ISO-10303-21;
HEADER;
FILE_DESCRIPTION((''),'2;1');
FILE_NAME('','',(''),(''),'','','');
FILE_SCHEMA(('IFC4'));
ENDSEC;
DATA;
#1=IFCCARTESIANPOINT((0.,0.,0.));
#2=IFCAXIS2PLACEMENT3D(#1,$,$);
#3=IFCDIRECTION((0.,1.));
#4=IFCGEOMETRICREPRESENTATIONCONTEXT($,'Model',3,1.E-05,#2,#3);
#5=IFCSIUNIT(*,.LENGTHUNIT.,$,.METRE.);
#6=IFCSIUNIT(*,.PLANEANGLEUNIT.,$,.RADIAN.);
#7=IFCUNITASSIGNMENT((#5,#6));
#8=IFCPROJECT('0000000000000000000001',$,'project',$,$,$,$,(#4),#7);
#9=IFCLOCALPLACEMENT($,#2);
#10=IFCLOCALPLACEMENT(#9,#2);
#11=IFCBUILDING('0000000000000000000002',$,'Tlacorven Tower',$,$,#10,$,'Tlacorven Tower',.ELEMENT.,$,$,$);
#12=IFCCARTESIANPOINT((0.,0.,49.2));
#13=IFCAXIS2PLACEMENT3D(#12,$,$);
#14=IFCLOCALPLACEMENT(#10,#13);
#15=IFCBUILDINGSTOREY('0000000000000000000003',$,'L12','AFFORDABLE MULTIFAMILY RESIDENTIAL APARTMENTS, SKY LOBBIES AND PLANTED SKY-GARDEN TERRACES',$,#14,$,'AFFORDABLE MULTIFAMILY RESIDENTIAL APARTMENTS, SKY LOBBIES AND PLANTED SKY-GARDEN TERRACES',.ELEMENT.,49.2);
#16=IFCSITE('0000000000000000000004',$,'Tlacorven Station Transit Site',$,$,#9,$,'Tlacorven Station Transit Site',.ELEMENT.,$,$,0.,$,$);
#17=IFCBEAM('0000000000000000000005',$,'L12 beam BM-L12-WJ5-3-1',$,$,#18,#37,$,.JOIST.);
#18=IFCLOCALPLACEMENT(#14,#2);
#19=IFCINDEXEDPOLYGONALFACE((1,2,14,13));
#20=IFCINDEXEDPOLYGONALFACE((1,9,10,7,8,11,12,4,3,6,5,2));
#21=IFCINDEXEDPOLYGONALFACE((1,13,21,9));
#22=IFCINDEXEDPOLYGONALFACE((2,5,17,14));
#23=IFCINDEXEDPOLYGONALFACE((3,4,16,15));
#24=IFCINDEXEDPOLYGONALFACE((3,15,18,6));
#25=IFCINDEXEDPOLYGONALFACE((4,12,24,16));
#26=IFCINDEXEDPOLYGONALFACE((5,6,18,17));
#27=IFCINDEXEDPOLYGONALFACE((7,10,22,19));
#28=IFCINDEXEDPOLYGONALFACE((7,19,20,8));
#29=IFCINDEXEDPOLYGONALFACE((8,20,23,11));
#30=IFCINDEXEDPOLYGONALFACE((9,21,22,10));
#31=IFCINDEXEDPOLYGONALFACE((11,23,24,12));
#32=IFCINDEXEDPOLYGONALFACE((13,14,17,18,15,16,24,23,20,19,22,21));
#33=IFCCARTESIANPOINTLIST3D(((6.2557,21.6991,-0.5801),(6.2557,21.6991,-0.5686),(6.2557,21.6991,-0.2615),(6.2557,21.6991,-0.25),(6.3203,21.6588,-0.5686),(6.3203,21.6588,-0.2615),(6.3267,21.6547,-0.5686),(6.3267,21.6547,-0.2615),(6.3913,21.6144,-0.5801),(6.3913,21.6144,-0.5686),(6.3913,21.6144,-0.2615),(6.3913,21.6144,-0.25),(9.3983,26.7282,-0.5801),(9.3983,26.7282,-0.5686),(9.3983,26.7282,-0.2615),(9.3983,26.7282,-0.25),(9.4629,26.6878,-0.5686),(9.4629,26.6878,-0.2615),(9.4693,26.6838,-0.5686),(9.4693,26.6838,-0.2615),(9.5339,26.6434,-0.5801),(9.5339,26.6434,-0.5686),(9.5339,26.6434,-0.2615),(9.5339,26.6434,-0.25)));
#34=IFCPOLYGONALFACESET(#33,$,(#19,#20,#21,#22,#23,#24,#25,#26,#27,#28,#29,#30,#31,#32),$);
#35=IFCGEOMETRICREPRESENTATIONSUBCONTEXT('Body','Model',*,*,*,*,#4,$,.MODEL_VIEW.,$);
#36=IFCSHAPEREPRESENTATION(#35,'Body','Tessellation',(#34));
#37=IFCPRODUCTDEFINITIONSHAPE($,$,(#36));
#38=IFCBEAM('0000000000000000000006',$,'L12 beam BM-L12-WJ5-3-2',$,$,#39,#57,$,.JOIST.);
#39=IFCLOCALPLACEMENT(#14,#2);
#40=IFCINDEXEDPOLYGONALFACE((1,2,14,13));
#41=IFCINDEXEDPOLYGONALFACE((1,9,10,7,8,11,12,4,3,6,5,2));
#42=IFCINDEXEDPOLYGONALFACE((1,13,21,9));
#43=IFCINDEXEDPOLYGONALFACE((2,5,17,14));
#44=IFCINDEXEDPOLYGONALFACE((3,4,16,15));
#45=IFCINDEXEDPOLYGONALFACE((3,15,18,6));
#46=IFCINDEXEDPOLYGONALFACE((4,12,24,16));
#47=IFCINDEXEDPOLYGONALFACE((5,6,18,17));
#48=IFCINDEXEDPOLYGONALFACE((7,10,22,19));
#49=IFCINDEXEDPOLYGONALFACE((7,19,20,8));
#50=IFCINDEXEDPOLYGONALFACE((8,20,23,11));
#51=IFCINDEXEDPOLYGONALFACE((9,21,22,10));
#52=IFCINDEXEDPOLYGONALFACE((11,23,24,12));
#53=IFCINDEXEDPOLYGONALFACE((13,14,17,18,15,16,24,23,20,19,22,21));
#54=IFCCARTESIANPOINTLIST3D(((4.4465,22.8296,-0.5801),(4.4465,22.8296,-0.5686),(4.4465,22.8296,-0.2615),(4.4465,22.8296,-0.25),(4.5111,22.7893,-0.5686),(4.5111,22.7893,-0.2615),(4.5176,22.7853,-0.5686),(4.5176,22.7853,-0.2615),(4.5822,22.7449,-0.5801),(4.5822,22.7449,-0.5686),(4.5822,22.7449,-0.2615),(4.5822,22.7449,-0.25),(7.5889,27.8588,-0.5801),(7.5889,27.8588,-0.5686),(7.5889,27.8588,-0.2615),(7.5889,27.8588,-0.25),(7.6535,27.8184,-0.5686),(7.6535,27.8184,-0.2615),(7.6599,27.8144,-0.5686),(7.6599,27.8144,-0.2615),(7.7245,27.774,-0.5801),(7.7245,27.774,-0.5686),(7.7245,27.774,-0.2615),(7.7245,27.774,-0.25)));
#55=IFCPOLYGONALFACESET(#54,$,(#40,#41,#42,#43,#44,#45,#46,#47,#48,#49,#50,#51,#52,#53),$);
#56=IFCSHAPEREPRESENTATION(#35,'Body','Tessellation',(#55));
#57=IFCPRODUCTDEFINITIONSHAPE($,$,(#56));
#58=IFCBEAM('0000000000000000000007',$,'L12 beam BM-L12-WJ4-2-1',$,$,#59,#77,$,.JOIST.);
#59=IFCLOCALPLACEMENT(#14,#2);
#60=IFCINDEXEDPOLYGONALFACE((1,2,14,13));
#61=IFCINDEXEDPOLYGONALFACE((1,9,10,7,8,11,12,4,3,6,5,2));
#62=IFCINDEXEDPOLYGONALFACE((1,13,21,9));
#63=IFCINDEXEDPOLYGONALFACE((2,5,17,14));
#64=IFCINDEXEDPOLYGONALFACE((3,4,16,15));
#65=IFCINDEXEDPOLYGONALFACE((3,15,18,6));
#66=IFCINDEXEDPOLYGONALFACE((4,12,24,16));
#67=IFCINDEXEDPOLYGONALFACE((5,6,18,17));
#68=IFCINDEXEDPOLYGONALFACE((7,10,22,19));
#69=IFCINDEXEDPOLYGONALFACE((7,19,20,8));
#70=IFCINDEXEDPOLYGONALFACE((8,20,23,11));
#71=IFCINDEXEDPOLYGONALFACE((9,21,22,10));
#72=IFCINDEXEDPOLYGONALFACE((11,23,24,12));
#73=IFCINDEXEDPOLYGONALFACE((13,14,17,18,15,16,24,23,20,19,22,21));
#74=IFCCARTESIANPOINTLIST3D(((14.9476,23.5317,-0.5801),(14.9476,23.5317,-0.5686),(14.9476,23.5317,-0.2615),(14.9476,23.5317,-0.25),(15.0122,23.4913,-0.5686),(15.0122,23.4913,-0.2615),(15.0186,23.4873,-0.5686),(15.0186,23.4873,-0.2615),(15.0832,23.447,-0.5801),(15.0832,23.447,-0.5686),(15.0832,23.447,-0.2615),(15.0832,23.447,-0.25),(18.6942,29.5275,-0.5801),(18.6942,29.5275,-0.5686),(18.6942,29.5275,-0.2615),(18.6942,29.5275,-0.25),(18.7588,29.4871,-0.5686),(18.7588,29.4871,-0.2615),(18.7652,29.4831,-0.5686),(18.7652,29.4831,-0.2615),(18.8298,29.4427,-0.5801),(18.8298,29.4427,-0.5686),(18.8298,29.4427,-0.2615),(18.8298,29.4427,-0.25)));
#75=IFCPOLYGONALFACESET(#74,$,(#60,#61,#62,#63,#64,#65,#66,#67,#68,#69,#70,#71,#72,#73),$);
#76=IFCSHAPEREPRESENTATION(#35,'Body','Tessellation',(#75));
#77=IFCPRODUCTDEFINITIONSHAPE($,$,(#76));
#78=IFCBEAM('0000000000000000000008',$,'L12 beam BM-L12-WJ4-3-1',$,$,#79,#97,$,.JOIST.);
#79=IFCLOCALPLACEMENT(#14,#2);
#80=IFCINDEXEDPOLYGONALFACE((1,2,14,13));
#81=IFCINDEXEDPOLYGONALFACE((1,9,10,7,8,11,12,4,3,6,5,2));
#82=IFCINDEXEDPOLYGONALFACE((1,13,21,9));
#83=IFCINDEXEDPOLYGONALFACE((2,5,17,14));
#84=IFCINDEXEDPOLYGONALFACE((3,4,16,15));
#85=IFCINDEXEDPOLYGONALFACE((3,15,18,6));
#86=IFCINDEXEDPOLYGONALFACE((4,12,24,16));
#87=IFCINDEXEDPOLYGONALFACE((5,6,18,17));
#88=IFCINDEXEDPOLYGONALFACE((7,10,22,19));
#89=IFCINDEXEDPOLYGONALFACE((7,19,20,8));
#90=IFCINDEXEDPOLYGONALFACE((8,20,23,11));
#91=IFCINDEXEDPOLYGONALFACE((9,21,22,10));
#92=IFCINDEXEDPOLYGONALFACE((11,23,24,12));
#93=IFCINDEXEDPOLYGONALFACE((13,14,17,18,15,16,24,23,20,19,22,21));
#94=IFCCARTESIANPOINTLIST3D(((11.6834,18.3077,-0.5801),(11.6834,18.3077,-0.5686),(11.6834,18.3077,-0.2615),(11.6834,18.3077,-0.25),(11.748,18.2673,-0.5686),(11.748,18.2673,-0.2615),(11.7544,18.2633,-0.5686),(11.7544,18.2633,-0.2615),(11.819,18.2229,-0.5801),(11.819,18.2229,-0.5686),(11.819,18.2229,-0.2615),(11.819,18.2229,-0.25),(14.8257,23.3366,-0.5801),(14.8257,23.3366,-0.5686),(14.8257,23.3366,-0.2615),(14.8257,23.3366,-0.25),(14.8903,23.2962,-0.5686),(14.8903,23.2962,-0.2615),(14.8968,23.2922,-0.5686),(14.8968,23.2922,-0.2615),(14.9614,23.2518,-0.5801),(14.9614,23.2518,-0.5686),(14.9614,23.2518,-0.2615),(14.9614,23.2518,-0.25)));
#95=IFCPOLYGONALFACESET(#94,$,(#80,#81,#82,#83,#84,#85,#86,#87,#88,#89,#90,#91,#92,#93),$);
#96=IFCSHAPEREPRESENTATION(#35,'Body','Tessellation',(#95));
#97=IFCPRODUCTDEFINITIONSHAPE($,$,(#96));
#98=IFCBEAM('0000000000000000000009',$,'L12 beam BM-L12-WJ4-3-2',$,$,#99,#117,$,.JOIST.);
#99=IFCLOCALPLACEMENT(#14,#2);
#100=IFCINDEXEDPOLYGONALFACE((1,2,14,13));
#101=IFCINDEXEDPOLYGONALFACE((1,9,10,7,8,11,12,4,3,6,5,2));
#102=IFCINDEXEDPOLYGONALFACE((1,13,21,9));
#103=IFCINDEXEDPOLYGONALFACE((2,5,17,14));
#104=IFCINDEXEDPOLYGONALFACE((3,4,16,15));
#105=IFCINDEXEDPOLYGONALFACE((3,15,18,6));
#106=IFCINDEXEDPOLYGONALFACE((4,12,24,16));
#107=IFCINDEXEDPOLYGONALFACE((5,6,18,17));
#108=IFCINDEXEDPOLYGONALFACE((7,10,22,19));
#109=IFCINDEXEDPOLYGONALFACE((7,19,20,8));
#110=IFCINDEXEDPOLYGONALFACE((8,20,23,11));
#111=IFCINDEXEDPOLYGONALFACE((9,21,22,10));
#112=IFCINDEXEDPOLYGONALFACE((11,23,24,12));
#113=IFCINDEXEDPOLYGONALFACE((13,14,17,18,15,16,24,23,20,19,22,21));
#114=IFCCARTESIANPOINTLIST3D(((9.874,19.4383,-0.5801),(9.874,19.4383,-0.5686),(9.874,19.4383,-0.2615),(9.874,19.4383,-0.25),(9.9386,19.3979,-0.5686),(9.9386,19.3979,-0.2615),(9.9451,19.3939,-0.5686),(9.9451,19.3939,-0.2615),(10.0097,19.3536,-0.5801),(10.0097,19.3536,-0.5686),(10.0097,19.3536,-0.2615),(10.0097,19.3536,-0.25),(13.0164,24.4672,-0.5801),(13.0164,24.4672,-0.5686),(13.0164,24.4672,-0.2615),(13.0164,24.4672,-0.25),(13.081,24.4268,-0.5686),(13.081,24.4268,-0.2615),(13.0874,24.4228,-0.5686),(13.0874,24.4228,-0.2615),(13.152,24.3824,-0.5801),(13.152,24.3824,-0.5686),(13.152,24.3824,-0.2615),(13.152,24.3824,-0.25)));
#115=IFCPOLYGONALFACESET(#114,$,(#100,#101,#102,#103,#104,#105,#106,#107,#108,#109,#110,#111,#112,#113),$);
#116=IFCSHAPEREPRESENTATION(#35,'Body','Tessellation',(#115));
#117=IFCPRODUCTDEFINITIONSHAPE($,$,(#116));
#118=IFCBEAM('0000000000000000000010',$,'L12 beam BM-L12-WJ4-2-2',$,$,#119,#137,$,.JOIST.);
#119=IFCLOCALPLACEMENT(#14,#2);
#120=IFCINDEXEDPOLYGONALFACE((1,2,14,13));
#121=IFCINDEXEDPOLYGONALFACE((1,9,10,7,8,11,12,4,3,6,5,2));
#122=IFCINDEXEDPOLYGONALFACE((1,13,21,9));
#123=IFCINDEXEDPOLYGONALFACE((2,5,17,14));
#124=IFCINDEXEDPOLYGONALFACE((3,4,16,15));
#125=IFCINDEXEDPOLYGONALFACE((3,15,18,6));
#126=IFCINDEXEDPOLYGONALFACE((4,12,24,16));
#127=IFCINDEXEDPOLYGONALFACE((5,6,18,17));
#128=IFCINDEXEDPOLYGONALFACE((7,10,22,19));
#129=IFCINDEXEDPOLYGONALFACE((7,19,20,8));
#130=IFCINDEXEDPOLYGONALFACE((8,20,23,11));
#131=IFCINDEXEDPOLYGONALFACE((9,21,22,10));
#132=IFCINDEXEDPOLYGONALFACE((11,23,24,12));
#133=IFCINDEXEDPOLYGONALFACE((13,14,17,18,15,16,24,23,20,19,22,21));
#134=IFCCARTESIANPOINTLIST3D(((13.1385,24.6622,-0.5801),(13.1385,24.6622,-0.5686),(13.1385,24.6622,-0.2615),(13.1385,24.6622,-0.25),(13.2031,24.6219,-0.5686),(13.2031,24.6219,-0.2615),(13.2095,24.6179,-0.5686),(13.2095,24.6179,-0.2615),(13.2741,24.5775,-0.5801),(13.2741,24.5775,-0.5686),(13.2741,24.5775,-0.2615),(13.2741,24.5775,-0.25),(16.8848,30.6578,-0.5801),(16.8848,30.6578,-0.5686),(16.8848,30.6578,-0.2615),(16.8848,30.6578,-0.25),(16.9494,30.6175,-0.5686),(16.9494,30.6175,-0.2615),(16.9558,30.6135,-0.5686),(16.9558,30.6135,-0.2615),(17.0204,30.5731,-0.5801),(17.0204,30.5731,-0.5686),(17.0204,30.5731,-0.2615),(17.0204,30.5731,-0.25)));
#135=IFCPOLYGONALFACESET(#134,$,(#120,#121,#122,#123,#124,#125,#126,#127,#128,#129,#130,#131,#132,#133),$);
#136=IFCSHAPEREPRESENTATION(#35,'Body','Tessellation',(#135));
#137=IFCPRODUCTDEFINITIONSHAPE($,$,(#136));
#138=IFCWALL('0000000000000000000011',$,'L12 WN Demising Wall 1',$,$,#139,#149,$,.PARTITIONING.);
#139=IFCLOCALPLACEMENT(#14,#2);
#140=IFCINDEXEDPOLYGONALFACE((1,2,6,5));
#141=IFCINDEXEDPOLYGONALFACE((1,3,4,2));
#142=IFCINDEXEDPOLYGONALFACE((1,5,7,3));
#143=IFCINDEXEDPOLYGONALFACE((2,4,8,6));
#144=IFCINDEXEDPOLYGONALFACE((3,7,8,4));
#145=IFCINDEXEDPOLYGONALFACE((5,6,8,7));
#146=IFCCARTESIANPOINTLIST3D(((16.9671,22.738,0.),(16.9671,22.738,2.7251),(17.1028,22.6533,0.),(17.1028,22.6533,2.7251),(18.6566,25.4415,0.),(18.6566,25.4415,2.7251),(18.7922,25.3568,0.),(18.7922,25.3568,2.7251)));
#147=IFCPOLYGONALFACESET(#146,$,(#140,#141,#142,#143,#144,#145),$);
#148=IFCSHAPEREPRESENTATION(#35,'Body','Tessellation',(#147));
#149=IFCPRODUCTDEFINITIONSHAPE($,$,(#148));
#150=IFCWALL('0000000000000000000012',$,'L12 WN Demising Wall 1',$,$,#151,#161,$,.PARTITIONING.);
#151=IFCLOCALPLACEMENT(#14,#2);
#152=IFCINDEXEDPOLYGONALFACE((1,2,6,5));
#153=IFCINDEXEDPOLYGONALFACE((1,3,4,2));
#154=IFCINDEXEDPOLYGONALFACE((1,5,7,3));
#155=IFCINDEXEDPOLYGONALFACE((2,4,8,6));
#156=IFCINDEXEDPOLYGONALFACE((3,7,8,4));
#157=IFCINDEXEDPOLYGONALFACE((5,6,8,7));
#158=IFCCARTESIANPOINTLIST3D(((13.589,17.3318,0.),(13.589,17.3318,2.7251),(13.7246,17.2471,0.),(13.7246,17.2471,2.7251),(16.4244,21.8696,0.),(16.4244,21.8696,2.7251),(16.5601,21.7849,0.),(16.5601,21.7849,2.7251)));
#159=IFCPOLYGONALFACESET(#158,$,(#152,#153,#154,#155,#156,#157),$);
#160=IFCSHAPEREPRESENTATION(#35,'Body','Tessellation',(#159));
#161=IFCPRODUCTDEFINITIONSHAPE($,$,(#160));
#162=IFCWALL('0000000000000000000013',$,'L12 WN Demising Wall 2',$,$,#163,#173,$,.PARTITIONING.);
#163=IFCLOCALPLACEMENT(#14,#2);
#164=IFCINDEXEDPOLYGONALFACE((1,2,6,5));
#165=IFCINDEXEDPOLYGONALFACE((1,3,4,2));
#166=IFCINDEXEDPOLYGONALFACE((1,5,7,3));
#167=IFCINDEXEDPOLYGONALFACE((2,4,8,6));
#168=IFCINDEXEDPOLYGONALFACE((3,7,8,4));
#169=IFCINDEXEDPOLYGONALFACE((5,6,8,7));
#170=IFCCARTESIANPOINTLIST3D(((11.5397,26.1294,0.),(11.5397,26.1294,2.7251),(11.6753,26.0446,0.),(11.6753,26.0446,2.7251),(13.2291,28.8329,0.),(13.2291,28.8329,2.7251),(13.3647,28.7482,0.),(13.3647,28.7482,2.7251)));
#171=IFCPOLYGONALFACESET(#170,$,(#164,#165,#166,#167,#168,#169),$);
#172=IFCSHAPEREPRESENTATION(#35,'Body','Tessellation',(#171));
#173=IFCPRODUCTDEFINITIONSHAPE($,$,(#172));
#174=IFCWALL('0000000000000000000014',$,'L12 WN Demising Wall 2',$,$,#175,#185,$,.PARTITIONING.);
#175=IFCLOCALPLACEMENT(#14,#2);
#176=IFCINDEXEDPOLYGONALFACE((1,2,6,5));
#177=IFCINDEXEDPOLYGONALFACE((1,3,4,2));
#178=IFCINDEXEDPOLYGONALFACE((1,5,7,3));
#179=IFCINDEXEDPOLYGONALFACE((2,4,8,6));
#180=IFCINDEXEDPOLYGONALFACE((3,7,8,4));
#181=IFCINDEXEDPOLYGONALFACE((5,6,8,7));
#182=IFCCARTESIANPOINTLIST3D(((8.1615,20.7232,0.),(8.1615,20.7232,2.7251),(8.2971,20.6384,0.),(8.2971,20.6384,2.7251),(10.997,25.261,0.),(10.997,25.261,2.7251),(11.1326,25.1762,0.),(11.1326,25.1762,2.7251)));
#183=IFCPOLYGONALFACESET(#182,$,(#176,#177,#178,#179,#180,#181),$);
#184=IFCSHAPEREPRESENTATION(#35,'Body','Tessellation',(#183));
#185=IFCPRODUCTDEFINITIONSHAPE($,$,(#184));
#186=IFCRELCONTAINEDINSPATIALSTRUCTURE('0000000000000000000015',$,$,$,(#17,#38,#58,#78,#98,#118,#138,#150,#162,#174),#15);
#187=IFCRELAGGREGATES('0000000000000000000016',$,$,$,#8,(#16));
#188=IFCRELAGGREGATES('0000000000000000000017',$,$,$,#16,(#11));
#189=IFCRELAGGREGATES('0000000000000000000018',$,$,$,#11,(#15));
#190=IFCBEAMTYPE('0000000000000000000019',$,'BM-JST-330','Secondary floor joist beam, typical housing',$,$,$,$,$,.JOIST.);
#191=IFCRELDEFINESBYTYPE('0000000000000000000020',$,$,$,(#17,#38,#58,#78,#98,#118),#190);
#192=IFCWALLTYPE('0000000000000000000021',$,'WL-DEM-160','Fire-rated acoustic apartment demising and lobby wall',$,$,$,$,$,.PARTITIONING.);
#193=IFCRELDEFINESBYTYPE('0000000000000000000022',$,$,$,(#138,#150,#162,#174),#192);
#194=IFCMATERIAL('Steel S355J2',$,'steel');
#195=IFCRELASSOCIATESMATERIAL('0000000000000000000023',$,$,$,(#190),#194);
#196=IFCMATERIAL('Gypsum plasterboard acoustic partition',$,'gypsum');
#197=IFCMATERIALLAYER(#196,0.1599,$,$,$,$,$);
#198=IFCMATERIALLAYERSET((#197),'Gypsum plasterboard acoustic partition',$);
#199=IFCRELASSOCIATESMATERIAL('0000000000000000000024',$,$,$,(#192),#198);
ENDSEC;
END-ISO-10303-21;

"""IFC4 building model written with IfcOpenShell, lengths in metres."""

from ifc_helpers import new_model, si_unit, direction, frame, frame_2d, origin, origin_2d, place, context, subcontext, project, spatial, rectangle, i_section, extrude, source, transform, mapped, material, layer, layer_set, material_profile, profile_set, type_object, element, save


model = new_model("IFC4")

# Units and contexts
model_context = context("Model", 3, precision=1e-05, world=origin(), true_north=direction((0.0, 1.0)))
body_context = subcontext(model_context, "Body", "Model", "MODEL_VIEW")
ifc_project = project(units=[si_unit("LENGTHUNIT", "METRE"), si_unit("PLANEANGLEUNIT", "RADIAN")], contexts=[model_context])

# Site, building, storey
site_placement = place(None, origin())
site = spatial("IfcSite", under=ifc_project, at=site_placement, Name="Tlacorven Station Transit Site", LongName="Tlacorven Station Transit Site", CompositionType="ELEMENT", RefElevation=0.0)
building_placement = place(site_placement, origin())
building = spatial("IfcBuilding", under=site, at=building_placement, Name="Tlacorven Tower", LongName="Tlacorven Tower", CompositionType="ELEMENT")
storey_placement = place(building_placement, frame((0.0, 0.0, 49.2)))
storey = spatial("IfcBuildingStorey", under=building, at=storey_placement, Name="L12", Description="AFFORDABLE MULTIFAMILY RESIDENTIAL APARTMENTS, SKY LOBBIES AND PLANTED SKY-GARDEN TERRACES", LongName="AFFORDABLE MULTIFAMILY RESIDENTIAL APARTMENTS, SKY LOBBIES AND PLANTED SKY-GARDEN TERRACES", CompositionType="ELEMENT", Elevation=49.2)

# Beams
ifc_material_1 = material(Name="Steel S355J2", Category="steel")
ifc_material_profile_1 = material_profile(ifc_material_1, i_section(OverallWidth=0.1599, OverallDepth=0.3301, WebThickness=0.0076, FlangeThickness=0.0115, at=origin_2d()), Name="IPE 330")
ifc_profile_set_1 = profile_set([ifc_material_profile_1], Name="Steel S355J2")
beam_type_1 = type_object("IfcBeamType", Name="BM-JST-330", Description="Secondary floor joist beam, typical housing", PredefinedType="JOIST", material=ifc_profile_set_1)
shared_shape_1 = source(origin(), body_context, "Body", "SweptSolid", [
    extrude(i_section(OverallWidth=0.1599, OverallDepth=0.3301, WebThickness=0.0076, FlangeThickness=0.0115, at=origin_2d()), origin(), (0.0, 0.0, 1.0), 5.9302),
])
for number, where, z_axis, x_axis, name in (
    (1, (9.4661, 26.6858, -0.415), (-0.529929, -0.848042, 0.0), (0.848042, -0.529929, 0.0), "L12 beam BM-L12-WJ5-3-1"),
    (2, (7.6567, 27.8164, -0.415), (-0.529899, -0.848061, 0.0), (0.848061, -0.529899, 0.0), "L12 beam BM-L12-WJ5-3-2"),
):
    element("IfcBeam", number, at=place(storey_placement, frame(where, z_axis=z_axis, x_axis=x_axis)), inside=storey, type_object=beam_type_1, Name=name, PredefinedType="JOIST", context=body_context, shape_type="MappedRepresentation", body=[
        mapped(shared_shape_1, transform((0.0, 0.0, 0.0), scale=1.0)),
    ])
shared_shape_2 = source(origin(), body_context, "Body", "SweptSolid", [
    extrude(i_section(OverallWidth=0.1599, OverallDepth=0.3301, WebThickness=0.0076, FlangeThickness=0.0115, at=origin_2d()), origin(), (0.0, 0.0, 1.0), 7.0701),
])
beam_1_placement = place(storey_placement, frame((18.762, 29.4851, -0.415), z_axis=(-0.529915, -0.848051, 0.0), x_axis=(0.848051, -0.529915, 0.0)))
element("IfcBeam", 3, at=beam_1_placement, inside=storey, type_object=beam_type_1, Name="L12 beam BM-L12-WJ4-2-1", PredefinedType="JOIST", context=body_context, shape_type="MappedRepresentation", body=[
    mapped(shared_shape_2, transform((0.0, 0.0, 0.0), scale=1.0)),
])
shared_shape_3 = source(origin(), body_context, "Body", "SweptSolid", [
    extrude(i_section(OverallWidth=0.1599, OverallDepth=0.3301, WebThickness=0.0076, FlangeThickness=0.0115, at=origin_2d()), origin(), (0.0, 0.0, 1.0), 5.9299),
])
for number, where, z_axis, x_axis, name in (
    (4, (14.8936, 23.2942, -0.415), (-0.529918, -0.848049, 0.0), (0.848049, -0.529918, 0.0), "L12 beam BM-L12-WJ4-3-1"),
    (5, (13.0842, 24.4248, -0.415), (-0.529918, -0.848049, 0.0), (0.848049, -0.529918, 0.0), "L12 beam BM-L12-WJ4-3-2"),
):
    element("IfcBeam", number, at=place(storey_placement, frame(where, z_axis=z_axis, x_axis=x_axis)), inside=storey, type_object=beam_type_1, Name=name, PredefinedType="JOIST", context=body_context, shape_type="MappedRepresentation", body=[
        mapped(shared_shape_3, transform((0.0, 0.0, 0.0), scale=1.0)),
    ])
shared_shape_4 = source(origin(), body_context, "Body", "SweptSolid", [
    extrude(i_section(OverallWidth=0.1599, OverallDepth=0.3301, WebThickness=0.0076, FlangeThickness=0.0115, at=origin_2d()), origin(), (0.0, 0.0, 1.0), 7.0698),
])
beam_2_placement = place(storey_placement, frame((16.9526, 30.6155, -0.415), z_axis=(-0.529906, -0.848057, 0.0), x_axis=(0.848057, -0.529906, 0.0)))
element("IfcBeam", 6, at=beam_2_placement, inside=storey, type_object=beam_type_1, Name="L12 beam BM-L12-WJ4-2-2", PredefinedType="JOIST", context=body_context, shape_type="MappedRepresentation", body=[
    mapped(shared_shape_4, transform((0.0, 0.0, 0.0), scale=1.0)),
])

# Walls
ifc_material_2 = material(Name="Gypsum plasterboard acoustic partition", Category="gypsum")
ifc_layer_1 = layer(ifc_material_2, 0.1599)
ifc_layer_set_1 = layer_set([ifc_layer_1], Name="Gypsum plasterboard acoustic partition")
wall_type_1 = type_object("IfcWallType", Name="WL-DEM-160", Description="Fire-rated acoustic apartment demising and lobby wall", PredefinedType="PARTITIONING", material=ifc_layer_set_1)
wall_1_placement = place(storey_placement, frame((18.7244, 25.3992, 0.0), z_axis=(0.0, 0.0, 1.0), x_axis=(-0.52993, -0.848041, 0.0)))
element("IfcWall", 7, at=wall_1_placement, inside=storey, type_object=wall_type_1, Name="L12 WN Demising Wall 1", PredefinedType="PARTITIONING", context=body_context, shape_type="SweptSolid", body=[
    extrude(rectangle(XDim=3.188, YDim=0.1599, at=frame_2d((1.594, 0.0))), origin(), (0.0, 0.0, 1.0), 2.7251),
])
wall_2_placement = place(storey_placement, frame((16.4922, 21.8271, 0.0), z_axis=(0.0, 0.0, 1.0), x_axis=(-0.529905, -0.848057, 0.0)))
element("IfcWall", 8, at=wall_2_placement, inside=storey, type_object=wall_type_1, Name="L12 WN Demising Wall 1", PredefinedType="PARTITIONING", context=body_context, shape_type="SweptSolid", body=[
    extrude(rectangle(XDim=5.3508, YDim=0.1599, at=frame_2d((2.6753, 0.0))), origin(), (0.0, 0.0, 1.0), 2.7251),
])
wall_3_placement = place(storey_placement, frame((13.2969, 28.7905, 0.0), z_axis=(0.0, 0.0, 1.0), x_axis=(-0.52993, -0.848041, 0.0)))
element("IfcWall", 9, at=wall_3_placement, inside=storey, type_object=wall_type_1, Name="L12 WN Demising Wall 2", PredefinedType="PARTITIONING", context=body_context, shape_type="SweptSolid", body=[
    extrude(rectangle(XDim=3.188, YDim=0.1599, at=frame_2d((1.594, 0.0))), origin(), (0.0, 0.0, 1.0), 2.7251),
])
wall_4_placement = place(storey_placement, frame((11.0647, 25.2185, 0.0), z_axis=(0.0, 0.0, 1.0), x_axis=(-0.529905, -0.848057, 0.0)))
element("IfcWall", 10, at=wall_4_placement, inside=storey, type_object=wall_type_1, Name="L12 WN Demising Wall 2", PredefinedType="PARTITIONING", context=body_context, shape_type="SweptSolid", body=[
    extrude(rectangle(XDim=5.3508, YDim=0.1599, at=frame_2d((2.6753, 0.0))), origin(), (0.0, 0.0, 1.0), 2.7251),
])

save(model, "model.ifc")
